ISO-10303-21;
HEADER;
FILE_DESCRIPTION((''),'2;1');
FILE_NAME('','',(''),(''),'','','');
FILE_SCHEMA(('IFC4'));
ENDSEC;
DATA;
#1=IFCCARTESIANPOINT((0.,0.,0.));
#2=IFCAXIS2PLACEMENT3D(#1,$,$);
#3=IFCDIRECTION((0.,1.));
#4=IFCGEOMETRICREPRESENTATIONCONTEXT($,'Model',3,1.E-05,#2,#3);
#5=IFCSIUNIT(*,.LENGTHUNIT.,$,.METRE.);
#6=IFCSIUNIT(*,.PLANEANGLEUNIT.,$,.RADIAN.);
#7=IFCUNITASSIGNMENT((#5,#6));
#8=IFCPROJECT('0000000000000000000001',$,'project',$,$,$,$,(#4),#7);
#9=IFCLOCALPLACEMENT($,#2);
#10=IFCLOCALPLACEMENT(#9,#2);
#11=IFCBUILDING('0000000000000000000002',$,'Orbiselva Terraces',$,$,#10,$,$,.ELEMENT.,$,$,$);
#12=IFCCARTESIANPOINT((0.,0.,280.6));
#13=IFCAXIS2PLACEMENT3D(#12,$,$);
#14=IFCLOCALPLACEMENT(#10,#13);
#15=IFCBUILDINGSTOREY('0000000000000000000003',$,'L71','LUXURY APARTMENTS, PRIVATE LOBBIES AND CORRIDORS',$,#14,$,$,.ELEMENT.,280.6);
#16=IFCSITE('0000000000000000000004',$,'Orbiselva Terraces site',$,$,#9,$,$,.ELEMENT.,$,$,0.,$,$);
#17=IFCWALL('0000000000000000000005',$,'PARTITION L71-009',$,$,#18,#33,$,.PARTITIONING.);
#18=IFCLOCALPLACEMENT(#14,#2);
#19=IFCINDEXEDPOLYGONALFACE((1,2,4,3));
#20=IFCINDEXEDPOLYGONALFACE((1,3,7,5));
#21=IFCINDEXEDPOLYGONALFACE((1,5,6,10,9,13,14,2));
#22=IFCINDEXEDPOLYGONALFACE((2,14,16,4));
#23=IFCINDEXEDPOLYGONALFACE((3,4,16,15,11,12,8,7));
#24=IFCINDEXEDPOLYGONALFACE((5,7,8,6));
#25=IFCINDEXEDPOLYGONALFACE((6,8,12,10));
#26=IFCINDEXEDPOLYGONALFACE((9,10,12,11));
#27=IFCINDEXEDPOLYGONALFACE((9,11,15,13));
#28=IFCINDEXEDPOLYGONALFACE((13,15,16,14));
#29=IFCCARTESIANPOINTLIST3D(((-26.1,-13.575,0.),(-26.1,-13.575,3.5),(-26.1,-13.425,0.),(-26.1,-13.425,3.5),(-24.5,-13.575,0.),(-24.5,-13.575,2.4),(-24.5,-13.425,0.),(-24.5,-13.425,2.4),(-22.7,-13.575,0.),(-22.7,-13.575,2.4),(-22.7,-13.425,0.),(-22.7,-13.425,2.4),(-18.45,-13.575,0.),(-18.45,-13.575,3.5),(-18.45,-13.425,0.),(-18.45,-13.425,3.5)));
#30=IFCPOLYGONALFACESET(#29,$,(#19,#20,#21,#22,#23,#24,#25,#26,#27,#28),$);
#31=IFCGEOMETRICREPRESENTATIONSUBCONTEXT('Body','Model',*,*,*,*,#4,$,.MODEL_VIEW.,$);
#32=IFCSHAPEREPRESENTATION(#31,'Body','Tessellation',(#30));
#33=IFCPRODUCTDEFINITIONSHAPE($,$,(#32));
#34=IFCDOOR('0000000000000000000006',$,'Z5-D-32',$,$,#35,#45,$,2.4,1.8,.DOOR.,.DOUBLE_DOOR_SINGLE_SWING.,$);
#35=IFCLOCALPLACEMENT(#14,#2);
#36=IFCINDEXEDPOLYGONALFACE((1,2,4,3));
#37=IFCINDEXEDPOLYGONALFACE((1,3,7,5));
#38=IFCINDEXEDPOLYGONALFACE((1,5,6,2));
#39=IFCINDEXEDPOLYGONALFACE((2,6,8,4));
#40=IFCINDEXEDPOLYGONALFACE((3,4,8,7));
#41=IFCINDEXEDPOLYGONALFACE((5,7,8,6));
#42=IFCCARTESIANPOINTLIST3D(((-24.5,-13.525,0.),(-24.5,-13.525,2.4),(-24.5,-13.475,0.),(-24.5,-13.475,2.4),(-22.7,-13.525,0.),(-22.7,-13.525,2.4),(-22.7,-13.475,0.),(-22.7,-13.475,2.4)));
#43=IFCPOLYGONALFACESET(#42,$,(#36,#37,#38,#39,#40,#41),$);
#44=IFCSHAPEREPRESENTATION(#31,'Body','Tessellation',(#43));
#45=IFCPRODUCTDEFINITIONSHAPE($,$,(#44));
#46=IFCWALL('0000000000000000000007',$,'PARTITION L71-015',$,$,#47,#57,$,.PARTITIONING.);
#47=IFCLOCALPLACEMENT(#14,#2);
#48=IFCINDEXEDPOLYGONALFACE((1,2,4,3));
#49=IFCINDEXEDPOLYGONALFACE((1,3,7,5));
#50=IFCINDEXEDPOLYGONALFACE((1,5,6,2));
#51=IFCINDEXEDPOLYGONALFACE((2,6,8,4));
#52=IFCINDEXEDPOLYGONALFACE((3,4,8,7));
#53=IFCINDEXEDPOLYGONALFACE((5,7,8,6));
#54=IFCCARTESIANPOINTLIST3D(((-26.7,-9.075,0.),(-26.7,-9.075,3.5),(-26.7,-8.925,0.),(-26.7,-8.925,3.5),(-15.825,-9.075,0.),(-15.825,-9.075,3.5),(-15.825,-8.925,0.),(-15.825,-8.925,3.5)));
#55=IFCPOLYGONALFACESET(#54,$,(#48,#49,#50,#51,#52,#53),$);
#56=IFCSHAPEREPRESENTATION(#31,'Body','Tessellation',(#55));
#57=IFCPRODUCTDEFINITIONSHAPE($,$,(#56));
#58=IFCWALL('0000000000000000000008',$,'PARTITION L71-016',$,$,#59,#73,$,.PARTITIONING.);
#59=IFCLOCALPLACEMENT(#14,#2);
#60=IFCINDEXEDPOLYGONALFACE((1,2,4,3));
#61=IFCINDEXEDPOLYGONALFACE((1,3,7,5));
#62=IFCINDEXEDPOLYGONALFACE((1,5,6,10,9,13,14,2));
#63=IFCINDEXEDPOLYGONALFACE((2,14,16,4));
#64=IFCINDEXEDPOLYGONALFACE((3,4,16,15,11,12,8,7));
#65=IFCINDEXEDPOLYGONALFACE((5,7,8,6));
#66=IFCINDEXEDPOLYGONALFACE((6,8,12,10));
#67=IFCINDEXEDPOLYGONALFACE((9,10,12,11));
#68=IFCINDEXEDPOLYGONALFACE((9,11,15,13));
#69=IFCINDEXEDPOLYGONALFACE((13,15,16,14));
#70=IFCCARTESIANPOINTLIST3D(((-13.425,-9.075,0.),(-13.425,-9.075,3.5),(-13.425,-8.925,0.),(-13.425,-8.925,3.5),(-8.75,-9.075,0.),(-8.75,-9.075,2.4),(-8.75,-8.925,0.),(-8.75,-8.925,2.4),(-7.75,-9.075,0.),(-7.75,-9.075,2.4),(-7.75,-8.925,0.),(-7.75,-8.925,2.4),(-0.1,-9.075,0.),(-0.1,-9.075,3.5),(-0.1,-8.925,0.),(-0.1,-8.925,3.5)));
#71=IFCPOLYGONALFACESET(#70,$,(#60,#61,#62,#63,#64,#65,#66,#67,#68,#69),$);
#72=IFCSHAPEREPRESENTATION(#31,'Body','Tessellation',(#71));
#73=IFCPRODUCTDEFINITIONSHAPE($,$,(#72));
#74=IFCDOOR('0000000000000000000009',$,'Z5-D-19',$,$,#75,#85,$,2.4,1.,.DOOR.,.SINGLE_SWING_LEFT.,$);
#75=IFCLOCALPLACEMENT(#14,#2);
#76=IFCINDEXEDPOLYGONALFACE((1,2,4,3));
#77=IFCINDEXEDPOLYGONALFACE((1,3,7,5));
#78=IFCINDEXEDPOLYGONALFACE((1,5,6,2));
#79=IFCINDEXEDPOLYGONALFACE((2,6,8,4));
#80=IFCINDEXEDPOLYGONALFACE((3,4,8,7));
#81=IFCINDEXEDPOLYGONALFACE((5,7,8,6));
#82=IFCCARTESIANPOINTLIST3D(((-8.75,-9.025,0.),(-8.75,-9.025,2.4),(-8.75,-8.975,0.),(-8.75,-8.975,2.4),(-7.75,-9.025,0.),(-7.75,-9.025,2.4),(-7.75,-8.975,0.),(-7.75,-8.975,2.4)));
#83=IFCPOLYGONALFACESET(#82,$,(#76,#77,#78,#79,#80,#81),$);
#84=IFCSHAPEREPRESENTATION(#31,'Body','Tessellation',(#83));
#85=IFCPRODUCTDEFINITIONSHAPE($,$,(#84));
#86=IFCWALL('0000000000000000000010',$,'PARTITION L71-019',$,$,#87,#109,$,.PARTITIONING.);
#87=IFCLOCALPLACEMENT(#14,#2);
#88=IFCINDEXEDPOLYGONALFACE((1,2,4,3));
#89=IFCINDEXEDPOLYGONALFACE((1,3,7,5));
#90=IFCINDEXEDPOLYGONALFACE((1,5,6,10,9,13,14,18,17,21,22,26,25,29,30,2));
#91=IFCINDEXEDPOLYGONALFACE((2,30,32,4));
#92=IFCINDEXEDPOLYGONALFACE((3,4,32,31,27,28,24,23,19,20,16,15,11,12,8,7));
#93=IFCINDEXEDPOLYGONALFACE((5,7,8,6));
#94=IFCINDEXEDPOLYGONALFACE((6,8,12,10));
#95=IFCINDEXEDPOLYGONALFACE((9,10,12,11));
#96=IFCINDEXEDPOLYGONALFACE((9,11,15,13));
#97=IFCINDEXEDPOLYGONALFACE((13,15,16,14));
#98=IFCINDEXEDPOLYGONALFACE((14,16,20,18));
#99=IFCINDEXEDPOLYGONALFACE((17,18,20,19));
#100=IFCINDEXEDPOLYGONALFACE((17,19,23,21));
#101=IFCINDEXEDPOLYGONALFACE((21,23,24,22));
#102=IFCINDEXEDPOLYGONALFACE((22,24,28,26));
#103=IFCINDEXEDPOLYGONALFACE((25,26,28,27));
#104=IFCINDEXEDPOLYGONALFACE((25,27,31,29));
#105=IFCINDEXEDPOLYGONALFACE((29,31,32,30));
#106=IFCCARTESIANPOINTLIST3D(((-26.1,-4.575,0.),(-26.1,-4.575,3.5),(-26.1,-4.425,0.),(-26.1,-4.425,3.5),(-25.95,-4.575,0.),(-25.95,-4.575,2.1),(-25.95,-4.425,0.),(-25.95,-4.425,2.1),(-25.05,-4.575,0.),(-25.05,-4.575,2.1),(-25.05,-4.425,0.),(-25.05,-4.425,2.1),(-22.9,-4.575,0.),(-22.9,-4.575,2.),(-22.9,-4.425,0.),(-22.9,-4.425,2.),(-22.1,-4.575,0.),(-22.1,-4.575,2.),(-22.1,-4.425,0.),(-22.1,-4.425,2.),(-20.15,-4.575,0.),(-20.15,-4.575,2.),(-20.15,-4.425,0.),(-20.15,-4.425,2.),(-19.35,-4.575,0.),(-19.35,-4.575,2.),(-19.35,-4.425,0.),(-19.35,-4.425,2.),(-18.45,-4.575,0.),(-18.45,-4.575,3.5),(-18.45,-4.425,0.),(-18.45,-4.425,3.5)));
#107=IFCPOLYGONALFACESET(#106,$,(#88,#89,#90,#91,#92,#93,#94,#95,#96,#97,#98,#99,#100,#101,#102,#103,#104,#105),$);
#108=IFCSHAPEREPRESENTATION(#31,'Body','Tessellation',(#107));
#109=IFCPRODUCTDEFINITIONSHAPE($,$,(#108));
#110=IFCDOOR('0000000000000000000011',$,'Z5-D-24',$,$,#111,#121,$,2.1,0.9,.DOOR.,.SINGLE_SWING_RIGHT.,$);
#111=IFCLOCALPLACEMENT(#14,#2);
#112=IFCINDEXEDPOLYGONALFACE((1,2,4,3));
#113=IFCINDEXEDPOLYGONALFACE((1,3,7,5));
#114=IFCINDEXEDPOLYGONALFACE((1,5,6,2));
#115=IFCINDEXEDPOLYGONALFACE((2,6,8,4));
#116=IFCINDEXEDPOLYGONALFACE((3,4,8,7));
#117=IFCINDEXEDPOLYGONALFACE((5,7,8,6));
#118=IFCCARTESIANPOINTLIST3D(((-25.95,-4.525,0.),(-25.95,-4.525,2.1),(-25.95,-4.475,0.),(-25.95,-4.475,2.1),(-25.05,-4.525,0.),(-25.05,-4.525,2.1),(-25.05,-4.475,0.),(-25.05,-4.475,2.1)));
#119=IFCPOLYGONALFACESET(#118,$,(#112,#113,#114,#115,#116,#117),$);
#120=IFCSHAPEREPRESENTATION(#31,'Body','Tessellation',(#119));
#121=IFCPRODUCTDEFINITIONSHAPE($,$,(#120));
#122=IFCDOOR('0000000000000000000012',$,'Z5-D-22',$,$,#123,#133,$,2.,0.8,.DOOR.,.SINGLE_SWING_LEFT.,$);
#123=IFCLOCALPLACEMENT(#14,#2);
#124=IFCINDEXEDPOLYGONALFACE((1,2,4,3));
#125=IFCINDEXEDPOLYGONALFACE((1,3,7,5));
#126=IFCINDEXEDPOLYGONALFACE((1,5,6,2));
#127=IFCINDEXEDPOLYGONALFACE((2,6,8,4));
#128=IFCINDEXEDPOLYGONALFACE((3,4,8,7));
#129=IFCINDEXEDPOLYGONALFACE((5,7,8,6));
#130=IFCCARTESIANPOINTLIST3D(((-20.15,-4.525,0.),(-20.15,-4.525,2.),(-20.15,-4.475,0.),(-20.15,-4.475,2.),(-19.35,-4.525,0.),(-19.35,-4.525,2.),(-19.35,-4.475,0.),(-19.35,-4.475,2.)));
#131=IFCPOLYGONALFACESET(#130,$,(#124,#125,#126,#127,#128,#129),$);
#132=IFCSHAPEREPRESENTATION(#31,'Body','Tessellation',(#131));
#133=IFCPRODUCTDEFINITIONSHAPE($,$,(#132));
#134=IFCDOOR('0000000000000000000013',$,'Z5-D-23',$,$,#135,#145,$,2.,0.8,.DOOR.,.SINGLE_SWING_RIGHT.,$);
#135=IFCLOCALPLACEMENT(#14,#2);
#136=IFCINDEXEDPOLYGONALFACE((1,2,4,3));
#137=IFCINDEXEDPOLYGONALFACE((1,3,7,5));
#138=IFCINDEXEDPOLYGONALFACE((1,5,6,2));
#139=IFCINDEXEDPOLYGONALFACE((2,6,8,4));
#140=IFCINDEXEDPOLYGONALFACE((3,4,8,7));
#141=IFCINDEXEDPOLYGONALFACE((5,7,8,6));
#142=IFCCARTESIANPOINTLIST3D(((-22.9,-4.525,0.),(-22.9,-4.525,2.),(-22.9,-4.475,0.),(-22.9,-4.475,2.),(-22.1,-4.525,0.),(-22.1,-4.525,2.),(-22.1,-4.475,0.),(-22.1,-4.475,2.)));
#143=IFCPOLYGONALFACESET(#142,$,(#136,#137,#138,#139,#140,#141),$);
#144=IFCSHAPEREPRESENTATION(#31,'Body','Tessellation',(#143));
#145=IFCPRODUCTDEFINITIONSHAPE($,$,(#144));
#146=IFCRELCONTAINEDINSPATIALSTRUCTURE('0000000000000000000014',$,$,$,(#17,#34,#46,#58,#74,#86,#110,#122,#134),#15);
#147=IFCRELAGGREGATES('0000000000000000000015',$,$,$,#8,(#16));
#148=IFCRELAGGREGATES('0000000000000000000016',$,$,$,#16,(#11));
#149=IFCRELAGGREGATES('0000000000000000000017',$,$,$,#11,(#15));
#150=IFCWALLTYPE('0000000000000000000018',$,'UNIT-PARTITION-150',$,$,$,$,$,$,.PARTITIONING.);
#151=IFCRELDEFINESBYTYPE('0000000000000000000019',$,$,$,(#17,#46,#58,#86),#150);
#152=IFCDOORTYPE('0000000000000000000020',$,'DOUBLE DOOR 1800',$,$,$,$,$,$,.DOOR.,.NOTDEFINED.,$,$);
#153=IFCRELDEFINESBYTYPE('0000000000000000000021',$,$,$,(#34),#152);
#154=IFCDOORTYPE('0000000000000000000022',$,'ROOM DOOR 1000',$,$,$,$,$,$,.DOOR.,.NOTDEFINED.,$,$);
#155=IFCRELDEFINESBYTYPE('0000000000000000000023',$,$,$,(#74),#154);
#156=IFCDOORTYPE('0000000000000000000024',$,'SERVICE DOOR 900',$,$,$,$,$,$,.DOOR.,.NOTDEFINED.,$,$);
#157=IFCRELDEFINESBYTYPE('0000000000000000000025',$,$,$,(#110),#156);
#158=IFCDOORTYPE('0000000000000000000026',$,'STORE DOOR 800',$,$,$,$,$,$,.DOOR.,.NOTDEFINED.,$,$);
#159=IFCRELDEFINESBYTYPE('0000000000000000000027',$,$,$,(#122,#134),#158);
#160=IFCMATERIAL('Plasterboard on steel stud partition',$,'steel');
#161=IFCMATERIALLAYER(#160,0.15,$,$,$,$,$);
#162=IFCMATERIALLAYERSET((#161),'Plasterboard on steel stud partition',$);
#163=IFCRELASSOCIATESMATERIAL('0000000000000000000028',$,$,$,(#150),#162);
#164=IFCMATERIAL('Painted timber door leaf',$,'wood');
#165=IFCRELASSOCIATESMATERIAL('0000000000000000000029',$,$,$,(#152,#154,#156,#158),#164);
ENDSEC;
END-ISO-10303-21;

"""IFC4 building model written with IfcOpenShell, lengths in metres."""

from ifc_helpers import new_model, si_unit, direction, frame, frame_2d, origin, place, context, subcontext, project, spatial, rectangle, extrude, material, layer, layer_set, type_object, element, fill, save


model = new_model("IFC4")

# Units and contexts
model_context = context("Model", 3, precision=1e-05, world=origin(), true_north=direction((0.0, 1.0)))
body_context = subcontext(model_context, "Body", "Model", "MODEL_VIEW")
ifc_project = project(units=[si_unit("LENGTHUNIT", "METRE"), si_unit("PLANEANGLEUNIT", "RADIAN")], contexts=[model_context])

# Site, building, storey
site_placement = place(None, origin())
site = spatial("IfcSite", under=ifc_project, at=site_placement, Name="Orbiselva Terraces site", CompositionType="ELEMENT", RefElevation=0.0)
building_placement = place(site_placement, origin())
building = spatial("IfcBuilding", under=site, at=building_placement, Name="Orbiselva Terraces", CompositionType="ELEMENT")
storey_placement = place(building_placement, frame((0.0, 0.0, 280.6)))
storey = spatial("IfcBuildingStorey", under=building, at=storey_placement, Name="L71", Description="LUXURY APARTMENTS, PRIVATE LOBBIES AND CORRIDORS", CompositionType="ELEMENT", Elevation=280.6)

# Shared definitions
ifc_material_1 = material(Name="Plasterboard on steel stud partition", Category="steel")

# Wall, opening, door
ifc_layer_1 = layer(ifc_material_1, 0.15)
ifc_layer_set_1 = layer_set([ifc_layer_1], Name="Plasterboard on steel stud partition")
wall_type_1 = type_object("IfcWallType", Name="UNIT-PARTITION-150", PredefinedType="PARTITIONING", material=ifc_layer_set_1)
wall_1_placement = place(storey_placement, frame((-18.45, -13.5, 0.0), z_axis=(0.0, 0.0, 1.0), x_axis=(-1.0, 0.0, 0.0)))
wall_1 = element("IfcWall", 1, at=wall_1_placement, inside=storey, type_object=wall_type_1, Name="PARTITION L71-009", PredefinedType="PARTITIONING", context=body_context, shape_type="SweptSolid", body=[
    extrude(rectangle(XDim=7.65, YDim=0.15, at=frame_2d((3.825, 0.0))), origin(), (0.0, 0.0, 1.0), 3.5),
])
opening_1_placement = place(wall_1_placement, frame((4.25, 0.0, 0.0)))
opening_1 = element("IfcOpeningElement", 2, at=opening_1_placement, cuts=wall_1, PredefinedType="OPENING", context=body_context, shape_type="SweptSolid", body=[
    extrude(rectangle(XDim=1.8, YDim=2.4, at=frame_2d((0.9, 1.2))), frame((0.0, 0.085, 0.0), z_axis=(0.0, -1.0, 0.0), x_axis=(1.0, 0.0, 0.0)), (0.0, 0.0, 1.0), 0.17),
])
ifc_material_2 = material(Name="Painted timber door leaf", Category="wood")
door_type_1 = type_object("IfcDoorType", Name="DOUBLE DOOR 1800", OperationType="NOTDEFINED", PredefinedType="DOOR", material=ifc_material_2)
door_1_placement = place(opening_1_placement, origin())
door_1 = element("IfcDoor", 3, at=door_1_placement, inside=storey, type_object=door_type_1, Name="Z5-D-32", OperationType="DOUBLE_DOOR_SINGLE_SWING", OverallHeight=2.4, OverallWidth=1.8, PredefinedType="DOOR", context=body_context, shape_type="SweptSolid", body=[
    extrude(rectangle(XDim=1.8, YDim=2.4, at=frame_2d((0.9, 1.2))), frame((0.0, 0.025, 0.0), z_axis=(0.0, -1.0, 0.0), x_axis=(1.0, 0.0, 0.0)), (0.0, 0.0, 1.0), 0.05),
])
fill(opening_1, door_1)

# Wall
wall_2_placement = place(storey_placement, frame((-26.7, -9.0, 0.0), z_axis=(0.0, 0.0, 1.0), x_axis=(1.0, 0.0, 0.0)))
element("IfcWall", 4, at=wall_2_placement, inside=storey, type_object=wall_type_1, Name="PARTITION L71-015", PredefinedType="PARTITIONING", context=body_context, shape_type="SweptSolid", body=[
    extrude(rectangle(XDim=10.875, YDim=0.15, at=frame_2d((5.4375, 0.0))), origin(), (0.0, 0.0, 1.0), 3.5),
])

# Wall, opening, door
wall_3_placement = place(storey_placement, frame((-13.425, -9.0, 0.0), z_axis=(0.0, 0.0, 1.0), x_axis=(1.0, 0.0, 0.0)))
wall_3 = element("IfcWall", 5, at=wall_3_placement, inside=storey, type_object=wall_type_1, Name="PARTITION L71-016", PredefinedType="PARTITIONING", context=body_context, shape_type="SweptSolid", body=[
    extrude(rectangle(XDim=13.325, YDim=0.15, at=frame_2d((6.6625, 0.0))), origin(), (0.0, 0.0, 1.0), 3.5),
])
opening_2_placement = place(wall_3_placement, frame((4.675, 0.0, 0.0)))
opening_2 = element("IfcOpeningElement", 6, at=opening_2_placement, cuts=wall_3, PredefinedType="OPENING", context=body_context, shape_type="SweptSolid", body=[
    extrude(rectangle(XDim=1.0, YDim=2.4, at=frame_2d((0.5, 1.2))), frame((0.0, 0.085, 0.0), z_axis=(0.0, -1.0, 0.0), x_axis=(1.0, 0.0, 0.0)), (0.0, 0.0, 1.0), 0.17),
])
door_type_2 = type_object("IfcDoorType", Name="ROOM DOOR 1000", OperationType="NOTDEFINED", PredefinedType="DOOR", material=ifc_material_2)
door_2_placement = place(opening_2_placement, origin())
door_2 = element("IfcDoor", 7, at=door_2_placement, inside=storey, type_object=door_type_2, Name="Z5-D-19", OperationType="SINGLE_SWING_LEFT", OverallHeight=2.4, OverallWidth=1.0, PredefinedType="DOOR", context=body_context, shape_type="SweptSolid", body=[
    extrude(rectangle(XDim=1.0, YDim=2.4, at=frame_2d((0.5, 1.2))), frame((0.0, 0.025, 0.0), z_axis=(0.0, -1.0, 0.0), x_axis=(1.0, 0.0, 0.0)), (0.0, 0.0, 1.0), 0.05),
])
fill(opening_2, door_2)

# Wall, openings, doors
wall_4_placement = place(storey_placement, frame((-18.45, -4.5, 0.0), z_axis=(0.0, 0.0, 1.0), x_axis=(-1.0, 0.0, 0.0)))
wall_4 = element("IfcWall", 8, at=wall_4_placement, inside=storey, type_object=wall_type_1, Name="PARTITION L71-019", PredefinedType="PARTITIONING", context=body_context, shape_type="SweptSolid", body=[
    extrude(rectangle(XDim=7.65, YDim=0.15, at=frame_2d((3.825, 0.0))), origin(), (0.0, 0.0, 1.0), 3.5),
])
opening_3_placement = place(wall_4_placement, frame((0.9, 0.0, 0.0)))
opening_3 = element("IfcOpeningElement", 9, at=opening_3_placement, cuts=wall_4, PredefinedType="OPENING", context=body_context, shape_type="SweptSolid", body=[
    extrude(rectangle(XDim=0.8, YDim=2.0, at=frame_2d((0.4, 1.0))), frame((0.0, 0.085, 0.0), z_axis=(0.0, -1.0, 0.0), x_axis=(1.0, 0.0, 0.0)), (0.0, 0.0, 1.0), 0.17),
])
opening_4_placement = place(wall_4_placement, frame((3.65, 0.0, 0.0)))
opening_4 = element("IfcOpeningElement", 10, at=opening_4_placement, cuts=wall_4, PredefinedType="OPENING", context=body_context, shape_type="SweptSolid", body=[
    extrude(rectangle(XDim=0.8, YDim=2.0, at=frame_2d((0.4, 1.0))), frame((0.0, 0.085, 0.0), z_axis=(0.0, -1.0, 0.0), x_axis=(1.0, 0.0, 0.0)), (0.0, 0.0, 1.0), 0.17),
])
opening_5_placement = place(wall_4_placement, frame((6.6, 0.0, 0.0)))
opening_5 = element("IfcOpeningElement", 11, at=opening_5_placement, cuts=wall_4, PredefinedType="OPENING", context=body_context, shape_type="SweptSolid", body=[
    extrude(rectangle(XDim=0.9, YDim=2.1, at=frame_2d((0.45, 1.05))), frame((0.0, 0.085, 0.0), z_axis=(0.0, -1.0, 0.0), x_axis=(1.0, 0.0, 0.0)), (0.0, 0.0, 1.0), 0.17),
])
door_type_3 = type_object("IfcDoorType", Name="SERVICE DOOR 900", OperationType="NOTDEFINED", PredefinedType="DOOR", material=ifc_material_2)
door_3_placement = place(opening_5_placement, origin())
door_3 = element("IfcDoor", 12, at=door_3_placement, inside=storey, type_object=door_type_3, Name="Z5-D-24", OperationType="SINGLE_SWING_RIGHT", OverallHeight=2.1, OverallWidth=0.9, PredefinedType="DOOR", context=body_context, shape_type="SweptSolid", body=[
    extrude(rectangle(XDim=0.9, YDim=2.1, at=frame_2d((0.45, 1.05))), frame((0.0, 0.025, 0.0), z_axis=(0.0, -1.0, 0.0), x_axis=(1.0, 0.0, 0.0)), (0.0, 0.0, 1.0), 0.05),
])
fill(opening_5, door_3)
door_type_4 = type_object("IfcDoorType", Name="STORE DOOR 800", OperationType="NOTDEFINED", PredefinedType="DOOR", material=ifc_material_2)
door_4_placement = place(opening_3_placement, origin())
door_4 = element("IfcDoor", 13, at=door_4_placement, inside=storey, type_object=door_type_4, Name="Z5-D-22", OperationType="SINGLE_SWING_LEFT", OverallHeight=2.0, OverallWidth=0.8, PredefinedType="DOOR", context=body_context, shape_type="SweptSolid", body=[
    extrude(rectangle(XDim=0.8, YDim=2.0, at=frame_2d((0.4, 1.0))), frame((0.0, 0.025, 0.0), z_axis=(0.0, -1.0, 0.0), x_axis=(1.0, 0.0, 0.0)), (0.0, 0.0, 1.0), 0.05),
])
fill(opening_3, door_4)
door_5_placement = place(opening_4_placement, origin())
door_5 = element("IfcDoor", 14, at=door_5_placement, inside=storey, type_object=door_type_4, Name="Z5-D-23", OperationType="SINGLE_SWING_RIGHT", OverallHeight=2.0, OverallWidth=0.8, PredefinedType="DOOR", context=body_context, shape_type="SweptSolid", body=[
    extrude(rectangle(XDim=0.8, YDim=2.0, at=frame_2d((0.4, 1.0))), frame((0.0, 0.025, 0.0), z_axis=(0.0, -1.0, 0.0), x_axis=(1.0, 0.0, 0.0)), (0.0, 0.0, 1.0), 0.05),
])
fill(opening_4, door_5)

save(model, "model.ifc")
